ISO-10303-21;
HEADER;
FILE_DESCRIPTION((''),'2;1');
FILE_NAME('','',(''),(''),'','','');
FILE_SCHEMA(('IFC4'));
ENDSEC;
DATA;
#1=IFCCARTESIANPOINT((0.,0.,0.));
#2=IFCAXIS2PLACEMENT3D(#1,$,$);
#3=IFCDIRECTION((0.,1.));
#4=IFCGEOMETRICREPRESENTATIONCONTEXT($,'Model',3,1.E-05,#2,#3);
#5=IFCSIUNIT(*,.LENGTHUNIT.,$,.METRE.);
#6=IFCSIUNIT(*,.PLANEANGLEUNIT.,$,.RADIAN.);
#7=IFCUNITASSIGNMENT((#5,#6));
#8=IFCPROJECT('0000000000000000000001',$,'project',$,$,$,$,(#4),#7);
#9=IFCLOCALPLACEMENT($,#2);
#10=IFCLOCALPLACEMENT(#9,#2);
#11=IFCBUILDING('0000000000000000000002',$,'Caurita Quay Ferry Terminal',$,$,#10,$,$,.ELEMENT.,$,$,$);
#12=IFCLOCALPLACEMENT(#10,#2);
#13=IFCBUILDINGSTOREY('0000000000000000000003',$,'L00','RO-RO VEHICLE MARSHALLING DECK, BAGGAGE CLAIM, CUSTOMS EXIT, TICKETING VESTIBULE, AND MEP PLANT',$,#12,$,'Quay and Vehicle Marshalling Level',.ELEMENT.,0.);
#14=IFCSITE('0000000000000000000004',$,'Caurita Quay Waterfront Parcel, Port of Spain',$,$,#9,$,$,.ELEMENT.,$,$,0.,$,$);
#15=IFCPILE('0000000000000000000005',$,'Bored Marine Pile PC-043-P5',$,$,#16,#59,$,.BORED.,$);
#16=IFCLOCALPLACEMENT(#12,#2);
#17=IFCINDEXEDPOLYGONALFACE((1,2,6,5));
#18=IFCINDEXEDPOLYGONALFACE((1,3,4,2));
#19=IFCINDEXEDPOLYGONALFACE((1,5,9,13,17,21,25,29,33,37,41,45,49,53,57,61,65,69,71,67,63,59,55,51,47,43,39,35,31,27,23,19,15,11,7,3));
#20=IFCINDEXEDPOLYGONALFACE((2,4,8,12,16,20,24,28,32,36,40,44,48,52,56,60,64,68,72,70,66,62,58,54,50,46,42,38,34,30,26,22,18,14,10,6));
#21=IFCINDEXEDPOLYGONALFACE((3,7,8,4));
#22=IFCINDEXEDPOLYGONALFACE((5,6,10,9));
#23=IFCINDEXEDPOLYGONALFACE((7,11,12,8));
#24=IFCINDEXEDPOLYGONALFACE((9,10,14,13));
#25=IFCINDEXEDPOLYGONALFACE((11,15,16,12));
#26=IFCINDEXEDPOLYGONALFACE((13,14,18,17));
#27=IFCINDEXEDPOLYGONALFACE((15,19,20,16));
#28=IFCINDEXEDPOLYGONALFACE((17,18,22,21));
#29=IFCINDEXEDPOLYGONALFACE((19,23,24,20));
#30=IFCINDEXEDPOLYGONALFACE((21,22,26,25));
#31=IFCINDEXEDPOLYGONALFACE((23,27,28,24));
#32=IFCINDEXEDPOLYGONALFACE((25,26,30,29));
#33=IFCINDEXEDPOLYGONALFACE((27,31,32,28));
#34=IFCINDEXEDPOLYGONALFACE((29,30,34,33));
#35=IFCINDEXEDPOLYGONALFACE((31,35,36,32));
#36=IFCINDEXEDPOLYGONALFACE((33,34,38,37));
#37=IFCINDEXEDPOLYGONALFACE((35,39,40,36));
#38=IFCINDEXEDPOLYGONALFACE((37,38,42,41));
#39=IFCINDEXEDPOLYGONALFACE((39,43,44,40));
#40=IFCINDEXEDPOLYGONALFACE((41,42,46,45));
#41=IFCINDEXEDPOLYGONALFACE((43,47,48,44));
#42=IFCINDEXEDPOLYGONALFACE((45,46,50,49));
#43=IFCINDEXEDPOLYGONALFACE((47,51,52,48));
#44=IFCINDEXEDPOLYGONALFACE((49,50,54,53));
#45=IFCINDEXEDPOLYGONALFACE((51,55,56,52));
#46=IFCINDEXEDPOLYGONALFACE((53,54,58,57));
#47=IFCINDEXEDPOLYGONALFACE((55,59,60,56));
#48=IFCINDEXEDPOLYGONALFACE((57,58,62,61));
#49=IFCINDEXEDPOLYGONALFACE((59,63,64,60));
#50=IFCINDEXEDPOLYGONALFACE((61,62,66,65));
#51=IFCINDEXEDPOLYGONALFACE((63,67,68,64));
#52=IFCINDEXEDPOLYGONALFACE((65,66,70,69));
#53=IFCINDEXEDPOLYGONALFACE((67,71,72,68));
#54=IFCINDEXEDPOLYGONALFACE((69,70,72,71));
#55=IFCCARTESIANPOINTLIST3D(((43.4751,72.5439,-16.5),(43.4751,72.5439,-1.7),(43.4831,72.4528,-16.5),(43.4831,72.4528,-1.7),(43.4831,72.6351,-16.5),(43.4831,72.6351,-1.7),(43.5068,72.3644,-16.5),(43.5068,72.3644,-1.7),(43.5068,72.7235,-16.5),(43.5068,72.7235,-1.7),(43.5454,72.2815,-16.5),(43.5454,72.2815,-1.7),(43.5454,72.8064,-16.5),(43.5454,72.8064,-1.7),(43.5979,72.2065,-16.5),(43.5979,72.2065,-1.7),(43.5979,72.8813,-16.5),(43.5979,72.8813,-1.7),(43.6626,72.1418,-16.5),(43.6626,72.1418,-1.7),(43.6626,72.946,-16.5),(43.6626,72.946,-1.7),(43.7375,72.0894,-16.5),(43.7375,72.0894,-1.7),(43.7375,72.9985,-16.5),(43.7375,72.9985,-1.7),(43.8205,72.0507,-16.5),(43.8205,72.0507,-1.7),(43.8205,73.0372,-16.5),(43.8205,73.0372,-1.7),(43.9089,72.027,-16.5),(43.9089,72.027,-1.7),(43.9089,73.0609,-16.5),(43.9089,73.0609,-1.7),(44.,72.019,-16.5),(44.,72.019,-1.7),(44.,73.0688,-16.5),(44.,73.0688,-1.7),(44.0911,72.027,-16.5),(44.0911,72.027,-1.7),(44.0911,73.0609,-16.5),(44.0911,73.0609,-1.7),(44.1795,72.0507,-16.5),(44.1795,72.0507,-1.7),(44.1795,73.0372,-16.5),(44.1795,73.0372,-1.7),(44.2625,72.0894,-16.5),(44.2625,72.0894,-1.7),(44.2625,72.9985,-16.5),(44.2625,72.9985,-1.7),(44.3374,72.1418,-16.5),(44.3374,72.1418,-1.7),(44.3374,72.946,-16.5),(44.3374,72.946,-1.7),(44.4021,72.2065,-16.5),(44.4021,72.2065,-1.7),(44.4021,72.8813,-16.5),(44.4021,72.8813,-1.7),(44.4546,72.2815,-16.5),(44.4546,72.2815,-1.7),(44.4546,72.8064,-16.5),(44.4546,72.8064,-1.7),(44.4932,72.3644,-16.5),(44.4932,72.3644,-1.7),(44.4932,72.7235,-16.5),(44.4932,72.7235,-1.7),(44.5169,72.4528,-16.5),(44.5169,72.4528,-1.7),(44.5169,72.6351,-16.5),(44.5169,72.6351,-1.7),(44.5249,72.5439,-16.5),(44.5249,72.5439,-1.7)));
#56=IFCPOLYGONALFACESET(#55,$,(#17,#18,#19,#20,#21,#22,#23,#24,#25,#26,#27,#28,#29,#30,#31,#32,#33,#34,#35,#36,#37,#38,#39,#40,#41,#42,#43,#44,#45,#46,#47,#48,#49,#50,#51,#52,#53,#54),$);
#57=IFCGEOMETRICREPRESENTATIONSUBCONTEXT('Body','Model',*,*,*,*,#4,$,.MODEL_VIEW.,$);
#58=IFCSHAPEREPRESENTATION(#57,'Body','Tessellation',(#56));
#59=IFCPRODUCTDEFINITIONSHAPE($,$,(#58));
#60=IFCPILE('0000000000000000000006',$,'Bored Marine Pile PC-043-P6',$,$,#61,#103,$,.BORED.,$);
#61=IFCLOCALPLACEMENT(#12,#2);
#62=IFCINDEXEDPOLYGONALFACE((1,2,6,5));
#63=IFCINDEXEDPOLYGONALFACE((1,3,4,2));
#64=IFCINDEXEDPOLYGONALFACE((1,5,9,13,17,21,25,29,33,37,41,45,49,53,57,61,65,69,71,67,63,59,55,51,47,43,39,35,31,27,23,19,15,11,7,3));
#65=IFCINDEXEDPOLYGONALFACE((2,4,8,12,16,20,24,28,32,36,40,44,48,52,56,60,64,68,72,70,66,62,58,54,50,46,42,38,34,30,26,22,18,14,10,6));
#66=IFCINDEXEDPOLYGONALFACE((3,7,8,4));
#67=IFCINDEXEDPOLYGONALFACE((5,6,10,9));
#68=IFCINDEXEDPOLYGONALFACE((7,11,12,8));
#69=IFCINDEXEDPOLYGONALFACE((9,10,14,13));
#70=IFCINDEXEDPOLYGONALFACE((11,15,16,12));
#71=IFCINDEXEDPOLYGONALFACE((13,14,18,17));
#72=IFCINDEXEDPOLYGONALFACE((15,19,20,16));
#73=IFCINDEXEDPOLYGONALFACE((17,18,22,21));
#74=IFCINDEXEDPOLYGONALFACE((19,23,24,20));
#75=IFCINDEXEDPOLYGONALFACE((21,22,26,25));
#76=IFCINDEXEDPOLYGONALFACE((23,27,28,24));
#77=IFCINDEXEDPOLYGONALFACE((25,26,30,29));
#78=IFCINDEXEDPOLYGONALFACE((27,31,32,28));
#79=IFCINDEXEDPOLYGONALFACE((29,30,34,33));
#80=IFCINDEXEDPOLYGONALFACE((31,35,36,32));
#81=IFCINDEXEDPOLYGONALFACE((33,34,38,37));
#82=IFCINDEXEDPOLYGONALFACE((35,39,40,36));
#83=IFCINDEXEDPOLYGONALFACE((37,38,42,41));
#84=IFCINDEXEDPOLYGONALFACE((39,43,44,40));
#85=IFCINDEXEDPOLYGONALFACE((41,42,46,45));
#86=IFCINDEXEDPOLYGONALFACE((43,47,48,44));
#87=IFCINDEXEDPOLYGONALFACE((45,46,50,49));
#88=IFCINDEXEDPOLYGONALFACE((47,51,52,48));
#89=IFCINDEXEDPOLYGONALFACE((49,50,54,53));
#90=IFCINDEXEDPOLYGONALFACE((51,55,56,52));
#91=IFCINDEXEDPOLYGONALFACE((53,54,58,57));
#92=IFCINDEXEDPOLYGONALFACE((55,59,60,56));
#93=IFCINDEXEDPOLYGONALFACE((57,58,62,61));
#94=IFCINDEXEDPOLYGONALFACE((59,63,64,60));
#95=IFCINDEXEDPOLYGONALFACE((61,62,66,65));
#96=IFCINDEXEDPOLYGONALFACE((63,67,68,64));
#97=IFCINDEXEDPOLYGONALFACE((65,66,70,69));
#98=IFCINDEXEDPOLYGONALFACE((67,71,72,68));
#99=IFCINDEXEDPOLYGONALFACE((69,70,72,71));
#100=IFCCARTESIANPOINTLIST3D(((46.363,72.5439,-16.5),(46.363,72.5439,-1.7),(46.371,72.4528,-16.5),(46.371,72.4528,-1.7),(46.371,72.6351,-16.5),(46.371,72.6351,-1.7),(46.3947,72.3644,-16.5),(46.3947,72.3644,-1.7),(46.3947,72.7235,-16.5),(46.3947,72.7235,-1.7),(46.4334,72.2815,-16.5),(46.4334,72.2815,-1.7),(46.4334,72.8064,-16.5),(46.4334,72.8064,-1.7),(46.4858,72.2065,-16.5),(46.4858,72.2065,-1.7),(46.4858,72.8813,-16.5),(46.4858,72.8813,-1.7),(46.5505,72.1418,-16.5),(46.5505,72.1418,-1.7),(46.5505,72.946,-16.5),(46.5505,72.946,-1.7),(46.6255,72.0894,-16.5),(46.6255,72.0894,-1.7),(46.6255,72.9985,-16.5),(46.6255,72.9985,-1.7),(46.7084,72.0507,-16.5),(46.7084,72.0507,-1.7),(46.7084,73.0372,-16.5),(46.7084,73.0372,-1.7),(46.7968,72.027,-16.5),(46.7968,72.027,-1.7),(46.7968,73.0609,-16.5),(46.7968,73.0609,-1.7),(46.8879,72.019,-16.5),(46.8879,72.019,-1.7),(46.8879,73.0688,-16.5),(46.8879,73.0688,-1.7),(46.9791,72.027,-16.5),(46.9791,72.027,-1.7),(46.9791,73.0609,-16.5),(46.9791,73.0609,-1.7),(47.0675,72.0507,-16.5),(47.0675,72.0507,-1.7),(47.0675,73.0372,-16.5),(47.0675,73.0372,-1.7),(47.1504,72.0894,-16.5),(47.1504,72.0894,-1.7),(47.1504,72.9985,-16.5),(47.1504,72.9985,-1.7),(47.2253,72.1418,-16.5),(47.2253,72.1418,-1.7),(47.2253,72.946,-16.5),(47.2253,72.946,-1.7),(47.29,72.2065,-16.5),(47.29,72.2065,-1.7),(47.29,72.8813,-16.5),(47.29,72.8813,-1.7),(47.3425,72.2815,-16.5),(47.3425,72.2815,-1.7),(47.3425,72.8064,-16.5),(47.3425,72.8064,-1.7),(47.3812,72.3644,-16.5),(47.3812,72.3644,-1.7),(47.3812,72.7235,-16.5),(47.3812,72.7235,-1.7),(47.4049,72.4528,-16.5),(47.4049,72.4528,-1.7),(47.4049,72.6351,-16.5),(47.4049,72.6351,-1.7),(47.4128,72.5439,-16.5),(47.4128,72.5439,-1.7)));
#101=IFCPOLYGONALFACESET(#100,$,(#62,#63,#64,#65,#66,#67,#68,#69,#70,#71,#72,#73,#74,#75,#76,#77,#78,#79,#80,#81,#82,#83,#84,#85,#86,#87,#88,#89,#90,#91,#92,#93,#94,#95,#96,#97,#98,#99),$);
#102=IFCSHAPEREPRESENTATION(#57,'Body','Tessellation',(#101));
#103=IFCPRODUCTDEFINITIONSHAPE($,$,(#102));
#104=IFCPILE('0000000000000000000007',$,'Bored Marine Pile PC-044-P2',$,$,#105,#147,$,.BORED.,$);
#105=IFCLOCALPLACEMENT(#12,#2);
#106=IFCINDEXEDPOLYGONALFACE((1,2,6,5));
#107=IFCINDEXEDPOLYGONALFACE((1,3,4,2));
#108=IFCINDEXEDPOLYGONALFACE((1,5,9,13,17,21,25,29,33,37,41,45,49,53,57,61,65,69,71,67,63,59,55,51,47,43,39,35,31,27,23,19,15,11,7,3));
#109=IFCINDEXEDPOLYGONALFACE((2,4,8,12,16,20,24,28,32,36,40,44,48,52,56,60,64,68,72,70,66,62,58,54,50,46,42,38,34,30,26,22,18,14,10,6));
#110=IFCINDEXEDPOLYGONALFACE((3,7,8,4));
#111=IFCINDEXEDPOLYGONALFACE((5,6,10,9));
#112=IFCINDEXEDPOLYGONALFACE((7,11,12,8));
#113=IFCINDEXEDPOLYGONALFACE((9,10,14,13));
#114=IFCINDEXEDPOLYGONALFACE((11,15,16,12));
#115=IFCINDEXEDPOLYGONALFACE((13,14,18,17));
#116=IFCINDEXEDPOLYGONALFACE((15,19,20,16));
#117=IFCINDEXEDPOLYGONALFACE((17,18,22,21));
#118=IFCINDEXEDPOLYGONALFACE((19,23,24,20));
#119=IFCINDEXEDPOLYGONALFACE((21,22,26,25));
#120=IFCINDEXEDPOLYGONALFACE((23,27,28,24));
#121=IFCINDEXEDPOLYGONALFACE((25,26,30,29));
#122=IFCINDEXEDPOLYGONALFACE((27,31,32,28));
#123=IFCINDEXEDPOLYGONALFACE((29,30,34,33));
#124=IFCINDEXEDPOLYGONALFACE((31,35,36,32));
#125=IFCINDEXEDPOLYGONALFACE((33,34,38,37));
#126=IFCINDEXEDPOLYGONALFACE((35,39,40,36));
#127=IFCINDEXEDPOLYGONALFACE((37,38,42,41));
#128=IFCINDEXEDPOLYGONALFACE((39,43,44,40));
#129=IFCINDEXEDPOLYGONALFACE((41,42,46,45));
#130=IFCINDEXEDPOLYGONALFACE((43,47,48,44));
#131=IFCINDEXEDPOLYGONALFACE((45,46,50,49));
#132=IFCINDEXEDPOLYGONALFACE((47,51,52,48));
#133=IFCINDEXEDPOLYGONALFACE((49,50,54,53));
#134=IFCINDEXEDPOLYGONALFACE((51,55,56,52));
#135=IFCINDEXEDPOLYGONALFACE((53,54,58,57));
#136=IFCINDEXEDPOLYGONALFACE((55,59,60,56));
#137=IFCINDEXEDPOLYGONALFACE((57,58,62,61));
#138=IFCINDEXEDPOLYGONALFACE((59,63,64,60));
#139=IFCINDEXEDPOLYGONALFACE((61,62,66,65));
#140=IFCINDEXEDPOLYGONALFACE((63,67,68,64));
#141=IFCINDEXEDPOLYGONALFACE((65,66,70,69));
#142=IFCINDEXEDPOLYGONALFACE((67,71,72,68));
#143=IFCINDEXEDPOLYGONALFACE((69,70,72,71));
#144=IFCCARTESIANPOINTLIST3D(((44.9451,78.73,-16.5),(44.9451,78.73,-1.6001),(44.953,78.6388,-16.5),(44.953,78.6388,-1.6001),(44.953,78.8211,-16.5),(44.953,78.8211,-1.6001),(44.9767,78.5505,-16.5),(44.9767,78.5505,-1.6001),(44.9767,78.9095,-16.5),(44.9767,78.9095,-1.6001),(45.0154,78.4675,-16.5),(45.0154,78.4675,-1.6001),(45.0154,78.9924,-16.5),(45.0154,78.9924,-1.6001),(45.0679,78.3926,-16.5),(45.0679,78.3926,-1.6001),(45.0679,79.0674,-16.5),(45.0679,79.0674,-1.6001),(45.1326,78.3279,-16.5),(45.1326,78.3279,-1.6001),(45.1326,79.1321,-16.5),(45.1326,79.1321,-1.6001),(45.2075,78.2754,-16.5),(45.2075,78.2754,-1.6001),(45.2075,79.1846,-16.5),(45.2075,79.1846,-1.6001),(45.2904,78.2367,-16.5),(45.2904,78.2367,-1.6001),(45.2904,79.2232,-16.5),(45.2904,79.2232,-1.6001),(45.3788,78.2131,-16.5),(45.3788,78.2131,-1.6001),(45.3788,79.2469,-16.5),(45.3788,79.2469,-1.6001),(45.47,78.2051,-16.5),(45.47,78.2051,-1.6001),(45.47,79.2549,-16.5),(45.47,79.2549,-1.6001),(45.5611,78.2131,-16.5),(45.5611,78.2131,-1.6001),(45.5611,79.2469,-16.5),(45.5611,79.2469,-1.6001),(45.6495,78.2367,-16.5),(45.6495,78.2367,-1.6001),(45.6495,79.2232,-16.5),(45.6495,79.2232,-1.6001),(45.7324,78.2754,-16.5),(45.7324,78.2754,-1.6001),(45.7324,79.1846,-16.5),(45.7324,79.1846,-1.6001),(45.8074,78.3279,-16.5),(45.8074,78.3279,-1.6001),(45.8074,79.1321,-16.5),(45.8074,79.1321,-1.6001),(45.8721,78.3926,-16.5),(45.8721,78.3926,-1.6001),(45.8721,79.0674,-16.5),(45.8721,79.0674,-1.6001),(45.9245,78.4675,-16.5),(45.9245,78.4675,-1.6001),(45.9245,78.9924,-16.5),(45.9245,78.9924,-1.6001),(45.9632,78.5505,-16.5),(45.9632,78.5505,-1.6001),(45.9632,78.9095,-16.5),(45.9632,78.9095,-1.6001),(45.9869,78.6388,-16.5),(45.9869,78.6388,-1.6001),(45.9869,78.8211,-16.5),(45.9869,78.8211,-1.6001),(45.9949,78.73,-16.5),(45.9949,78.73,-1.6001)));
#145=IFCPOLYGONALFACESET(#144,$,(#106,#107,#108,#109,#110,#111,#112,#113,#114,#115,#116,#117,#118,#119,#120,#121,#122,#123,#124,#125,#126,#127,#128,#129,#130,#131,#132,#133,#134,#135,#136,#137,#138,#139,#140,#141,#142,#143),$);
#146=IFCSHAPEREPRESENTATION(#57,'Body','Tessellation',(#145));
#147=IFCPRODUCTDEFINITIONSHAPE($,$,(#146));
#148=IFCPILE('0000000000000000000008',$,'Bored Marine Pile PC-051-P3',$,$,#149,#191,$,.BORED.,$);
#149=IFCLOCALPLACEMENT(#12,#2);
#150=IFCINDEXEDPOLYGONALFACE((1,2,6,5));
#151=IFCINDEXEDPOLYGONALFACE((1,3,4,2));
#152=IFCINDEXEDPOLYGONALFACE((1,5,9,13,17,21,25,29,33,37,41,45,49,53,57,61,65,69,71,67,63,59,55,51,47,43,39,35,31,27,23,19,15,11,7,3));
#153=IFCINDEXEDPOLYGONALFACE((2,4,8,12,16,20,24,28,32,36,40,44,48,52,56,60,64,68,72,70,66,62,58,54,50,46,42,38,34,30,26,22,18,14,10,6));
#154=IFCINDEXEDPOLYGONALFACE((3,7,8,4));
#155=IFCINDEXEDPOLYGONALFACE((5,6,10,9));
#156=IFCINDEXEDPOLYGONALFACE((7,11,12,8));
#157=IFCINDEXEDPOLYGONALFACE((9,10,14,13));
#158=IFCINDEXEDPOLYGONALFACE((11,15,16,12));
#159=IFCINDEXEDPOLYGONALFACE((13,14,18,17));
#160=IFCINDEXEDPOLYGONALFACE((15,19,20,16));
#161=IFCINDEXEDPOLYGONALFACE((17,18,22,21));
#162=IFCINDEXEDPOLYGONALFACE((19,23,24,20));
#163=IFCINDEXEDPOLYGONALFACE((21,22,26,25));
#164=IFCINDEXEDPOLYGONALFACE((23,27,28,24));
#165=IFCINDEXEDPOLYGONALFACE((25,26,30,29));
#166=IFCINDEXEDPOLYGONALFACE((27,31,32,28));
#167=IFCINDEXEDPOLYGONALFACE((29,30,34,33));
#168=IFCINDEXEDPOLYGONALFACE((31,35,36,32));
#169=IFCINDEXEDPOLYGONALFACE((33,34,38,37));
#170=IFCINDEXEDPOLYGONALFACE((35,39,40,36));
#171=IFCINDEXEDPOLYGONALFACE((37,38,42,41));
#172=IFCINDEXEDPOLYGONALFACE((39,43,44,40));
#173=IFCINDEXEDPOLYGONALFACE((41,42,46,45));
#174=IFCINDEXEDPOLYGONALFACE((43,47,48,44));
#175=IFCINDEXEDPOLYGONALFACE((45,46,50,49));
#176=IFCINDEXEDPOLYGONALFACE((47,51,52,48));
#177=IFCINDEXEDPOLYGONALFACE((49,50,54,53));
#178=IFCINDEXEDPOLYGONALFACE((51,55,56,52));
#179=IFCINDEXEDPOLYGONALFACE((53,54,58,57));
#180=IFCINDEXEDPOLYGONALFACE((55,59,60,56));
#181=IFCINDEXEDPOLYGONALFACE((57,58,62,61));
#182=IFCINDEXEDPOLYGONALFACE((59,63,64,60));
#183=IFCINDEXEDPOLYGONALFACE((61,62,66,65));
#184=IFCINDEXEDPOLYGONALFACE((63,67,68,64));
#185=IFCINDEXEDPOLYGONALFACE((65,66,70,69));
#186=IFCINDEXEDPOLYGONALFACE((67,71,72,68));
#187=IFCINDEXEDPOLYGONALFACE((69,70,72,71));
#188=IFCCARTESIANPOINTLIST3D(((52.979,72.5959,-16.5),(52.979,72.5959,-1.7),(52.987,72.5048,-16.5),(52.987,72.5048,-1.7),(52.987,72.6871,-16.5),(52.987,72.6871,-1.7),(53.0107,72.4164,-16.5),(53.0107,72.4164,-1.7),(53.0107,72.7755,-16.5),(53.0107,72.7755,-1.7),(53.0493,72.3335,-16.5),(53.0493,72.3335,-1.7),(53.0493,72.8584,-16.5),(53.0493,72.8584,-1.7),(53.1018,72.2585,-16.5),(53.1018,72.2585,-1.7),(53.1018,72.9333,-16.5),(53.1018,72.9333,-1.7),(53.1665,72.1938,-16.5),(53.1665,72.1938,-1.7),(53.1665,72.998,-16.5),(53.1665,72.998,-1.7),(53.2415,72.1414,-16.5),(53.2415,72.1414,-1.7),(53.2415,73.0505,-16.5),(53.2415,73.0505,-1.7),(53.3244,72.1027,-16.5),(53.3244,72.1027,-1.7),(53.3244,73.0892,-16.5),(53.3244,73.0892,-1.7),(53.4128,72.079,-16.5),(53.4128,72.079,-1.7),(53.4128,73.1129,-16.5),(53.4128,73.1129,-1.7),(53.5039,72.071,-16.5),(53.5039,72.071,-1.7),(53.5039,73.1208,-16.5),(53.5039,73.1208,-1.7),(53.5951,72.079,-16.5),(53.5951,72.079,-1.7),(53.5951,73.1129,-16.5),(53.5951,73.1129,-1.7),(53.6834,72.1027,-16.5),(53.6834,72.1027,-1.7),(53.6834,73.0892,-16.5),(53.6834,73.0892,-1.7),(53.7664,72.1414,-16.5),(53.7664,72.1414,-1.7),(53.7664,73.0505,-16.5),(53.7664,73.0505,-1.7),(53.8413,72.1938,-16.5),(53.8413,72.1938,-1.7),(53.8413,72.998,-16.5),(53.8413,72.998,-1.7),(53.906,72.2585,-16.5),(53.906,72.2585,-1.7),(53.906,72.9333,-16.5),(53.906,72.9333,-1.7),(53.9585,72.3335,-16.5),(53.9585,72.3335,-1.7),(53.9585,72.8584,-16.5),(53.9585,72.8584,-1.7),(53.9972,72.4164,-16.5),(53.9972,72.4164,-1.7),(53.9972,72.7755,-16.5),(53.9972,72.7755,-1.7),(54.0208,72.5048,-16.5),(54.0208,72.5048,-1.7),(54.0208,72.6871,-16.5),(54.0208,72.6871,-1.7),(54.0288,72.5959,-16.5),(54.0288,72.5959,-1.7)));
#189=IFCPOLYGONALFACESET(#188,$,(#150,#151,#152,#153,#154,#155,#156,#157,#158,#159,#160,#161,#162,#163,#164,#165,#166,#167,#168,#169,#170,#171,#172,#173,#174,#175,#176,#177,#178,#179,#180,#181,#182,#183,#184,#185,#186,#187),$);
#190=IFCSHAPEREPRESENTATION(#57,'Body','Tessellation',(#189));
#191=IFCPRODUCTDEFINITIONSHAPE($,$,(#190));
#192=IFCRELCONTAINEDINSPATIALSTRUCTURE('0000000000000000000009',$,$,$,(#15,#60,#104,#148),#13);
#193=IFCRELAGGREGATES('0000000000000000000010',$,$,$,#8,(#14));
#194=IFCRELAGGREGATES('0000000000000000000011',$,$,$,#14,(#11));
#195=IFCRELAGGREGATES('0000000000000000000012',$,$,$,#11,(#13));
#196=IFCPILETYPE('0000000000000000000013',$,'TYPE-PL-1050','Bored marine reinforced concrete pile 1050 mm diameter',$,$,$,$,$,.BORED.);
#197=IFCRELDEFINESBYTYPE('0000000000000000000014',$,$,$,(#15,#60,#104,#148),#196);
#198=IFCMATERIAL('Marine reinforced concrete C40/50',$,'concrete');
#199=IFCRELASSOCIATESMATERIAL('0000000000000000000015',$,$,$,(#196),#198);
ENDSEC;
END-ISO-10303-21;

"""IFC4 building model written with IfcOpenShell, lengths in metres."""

from ifc_helpers import new_model, si_unit, direction, frame, origin, origin_2d, place, context, subcontext, project, spatial, circle, extrude, material, material_profile, profile_set, type_object, element, save


model = new_model("IFC4")

# Units and contexts
model_context = context("Model", 3, precision=1e-05, world=origin(), true_north=direction((0.0, 1.0)))
body_context = subcontext(model_context, "Body", "Model", "MODEL_VIEW")
ifc_project = project(units=[si_unit("LENGTHUNIT", "METRE"), si_unit("PLANEANGLEUNIT", "RADIAN")], contexts=[model_context])

# Site, building, storey
site_placement = place(None, origin())
site = spatial("IfcSite", under=ifc_project, at=site_placement, Name="Caurita Quay Waterfront Parcel, Port of Spain", CompositionType="ELEMENT", RefElevation=0.0)
building_placement = place(site_placement, origin())
building = spatial("IfcBuilding", under=site, at=building_placement, Name="Caurita Quay Ferry Terminal", CompositionType="ELEMENT")
storey_placement = place(building_placement, origin())
storey = spatial("IfcBuildingStorey", under=building, at=storey_placement, Name="L00", Description="RO-RO VEHICLE MARSHALLING DECK, BAGGAGE CLAIM, CUSTOMS EXIT, TICKETING VESTIBULE, AND MEP PLANT", LongName="Quay and Vehicle Marshalling Level", CompositionType="ELEMENT", Elevation=0.0)

# Piles
ifc_material_1 = material(Name="Marine reinforced concrete C40/50", Category="concrete")
ifc_material_profile_1 = material_profile(ifc_material_1, circle(Radius=0.5249, at=origin_2d()), Name="PILE-D1050")
ifc_profile_set_1 = profile_set([ifc_material_profile_1], Name="Marine reinforced concrete C40/50")
pile_type = type_object("IfcPileType", Name="TYPE-PL-1050", Description="Bored marine reinforced concrete pile 1050 mm diameter", PredefinedType="BORED", material=ifc_profile_set_1)
for number, where, z_axis, x_axis, name in (
    (1, (44.0, 72.5439, -1.7), (0.0, 0.0, -1.0), (1.0, 0.0, 0.0), "Bored Marine Pile PC-043-P5"),
    (2, (46.8879, 72.5439, -1.7), (0.0, 0.0, -1.0), (1.0, 0.0, 0.0), "Bored Marine Pile PC-043-P6"),
):
    element("IfcPile", number, at=place(storey_placement, frame(where, z_axis=z_axis, x_axis=x_axis)), inside=storey, type_object=pile_type, Name=name, PredefinedType="BORED", context=body_context, shape_type="SweptSolid", body=[
        extrude(circle(Radius=0.5249, at=origin_2d()), origin(), (0.0, 0.0, 1.0), 14.8),
    ])
pile_1_placement = place(storey_placement, frame((45.47, 78.73, -1.6001), z_axis=(0.0, 0.0, -1.0), x_axis=(1.0, 0.0, 0.0)))
element("IfcPile", 3, at=pile_1_placement, inside=storey, type_object=pile_type, Name="Bored Marine Pile PC-044-P2", PredefinedType="BORED", context=body_context, shape_type="SweptSolid", body=[
    extrude(circle(Radius=0.5249, at=origin_2d()), origin(), (0.0, 0.0, 1.0), 14.8999),
])
for number, where, z_axis, x_axis, name in (
    (4, (53.5039, 72.5959, -1.7), (0.0, 0.0, -1.0), (1.0, 0.0, 0.0), "Bored Marine Pile PC-051-P3"),
):
    element("IfcPile", number, at=place(storey_placement, frame(where, z_axis=z_axis, x_axis=x_axis)), inside=storey, type_object=pile_type, Name=name, PredefinedType="BORED", context=body_context, shape_type="SweptSolid", body=[
        extrude(circle(Radius=0.5249, at=origin_2d()), origin(), (0.0, 0.0, 1.0), 14.8),
    ])

save(model, "model.ifc")
